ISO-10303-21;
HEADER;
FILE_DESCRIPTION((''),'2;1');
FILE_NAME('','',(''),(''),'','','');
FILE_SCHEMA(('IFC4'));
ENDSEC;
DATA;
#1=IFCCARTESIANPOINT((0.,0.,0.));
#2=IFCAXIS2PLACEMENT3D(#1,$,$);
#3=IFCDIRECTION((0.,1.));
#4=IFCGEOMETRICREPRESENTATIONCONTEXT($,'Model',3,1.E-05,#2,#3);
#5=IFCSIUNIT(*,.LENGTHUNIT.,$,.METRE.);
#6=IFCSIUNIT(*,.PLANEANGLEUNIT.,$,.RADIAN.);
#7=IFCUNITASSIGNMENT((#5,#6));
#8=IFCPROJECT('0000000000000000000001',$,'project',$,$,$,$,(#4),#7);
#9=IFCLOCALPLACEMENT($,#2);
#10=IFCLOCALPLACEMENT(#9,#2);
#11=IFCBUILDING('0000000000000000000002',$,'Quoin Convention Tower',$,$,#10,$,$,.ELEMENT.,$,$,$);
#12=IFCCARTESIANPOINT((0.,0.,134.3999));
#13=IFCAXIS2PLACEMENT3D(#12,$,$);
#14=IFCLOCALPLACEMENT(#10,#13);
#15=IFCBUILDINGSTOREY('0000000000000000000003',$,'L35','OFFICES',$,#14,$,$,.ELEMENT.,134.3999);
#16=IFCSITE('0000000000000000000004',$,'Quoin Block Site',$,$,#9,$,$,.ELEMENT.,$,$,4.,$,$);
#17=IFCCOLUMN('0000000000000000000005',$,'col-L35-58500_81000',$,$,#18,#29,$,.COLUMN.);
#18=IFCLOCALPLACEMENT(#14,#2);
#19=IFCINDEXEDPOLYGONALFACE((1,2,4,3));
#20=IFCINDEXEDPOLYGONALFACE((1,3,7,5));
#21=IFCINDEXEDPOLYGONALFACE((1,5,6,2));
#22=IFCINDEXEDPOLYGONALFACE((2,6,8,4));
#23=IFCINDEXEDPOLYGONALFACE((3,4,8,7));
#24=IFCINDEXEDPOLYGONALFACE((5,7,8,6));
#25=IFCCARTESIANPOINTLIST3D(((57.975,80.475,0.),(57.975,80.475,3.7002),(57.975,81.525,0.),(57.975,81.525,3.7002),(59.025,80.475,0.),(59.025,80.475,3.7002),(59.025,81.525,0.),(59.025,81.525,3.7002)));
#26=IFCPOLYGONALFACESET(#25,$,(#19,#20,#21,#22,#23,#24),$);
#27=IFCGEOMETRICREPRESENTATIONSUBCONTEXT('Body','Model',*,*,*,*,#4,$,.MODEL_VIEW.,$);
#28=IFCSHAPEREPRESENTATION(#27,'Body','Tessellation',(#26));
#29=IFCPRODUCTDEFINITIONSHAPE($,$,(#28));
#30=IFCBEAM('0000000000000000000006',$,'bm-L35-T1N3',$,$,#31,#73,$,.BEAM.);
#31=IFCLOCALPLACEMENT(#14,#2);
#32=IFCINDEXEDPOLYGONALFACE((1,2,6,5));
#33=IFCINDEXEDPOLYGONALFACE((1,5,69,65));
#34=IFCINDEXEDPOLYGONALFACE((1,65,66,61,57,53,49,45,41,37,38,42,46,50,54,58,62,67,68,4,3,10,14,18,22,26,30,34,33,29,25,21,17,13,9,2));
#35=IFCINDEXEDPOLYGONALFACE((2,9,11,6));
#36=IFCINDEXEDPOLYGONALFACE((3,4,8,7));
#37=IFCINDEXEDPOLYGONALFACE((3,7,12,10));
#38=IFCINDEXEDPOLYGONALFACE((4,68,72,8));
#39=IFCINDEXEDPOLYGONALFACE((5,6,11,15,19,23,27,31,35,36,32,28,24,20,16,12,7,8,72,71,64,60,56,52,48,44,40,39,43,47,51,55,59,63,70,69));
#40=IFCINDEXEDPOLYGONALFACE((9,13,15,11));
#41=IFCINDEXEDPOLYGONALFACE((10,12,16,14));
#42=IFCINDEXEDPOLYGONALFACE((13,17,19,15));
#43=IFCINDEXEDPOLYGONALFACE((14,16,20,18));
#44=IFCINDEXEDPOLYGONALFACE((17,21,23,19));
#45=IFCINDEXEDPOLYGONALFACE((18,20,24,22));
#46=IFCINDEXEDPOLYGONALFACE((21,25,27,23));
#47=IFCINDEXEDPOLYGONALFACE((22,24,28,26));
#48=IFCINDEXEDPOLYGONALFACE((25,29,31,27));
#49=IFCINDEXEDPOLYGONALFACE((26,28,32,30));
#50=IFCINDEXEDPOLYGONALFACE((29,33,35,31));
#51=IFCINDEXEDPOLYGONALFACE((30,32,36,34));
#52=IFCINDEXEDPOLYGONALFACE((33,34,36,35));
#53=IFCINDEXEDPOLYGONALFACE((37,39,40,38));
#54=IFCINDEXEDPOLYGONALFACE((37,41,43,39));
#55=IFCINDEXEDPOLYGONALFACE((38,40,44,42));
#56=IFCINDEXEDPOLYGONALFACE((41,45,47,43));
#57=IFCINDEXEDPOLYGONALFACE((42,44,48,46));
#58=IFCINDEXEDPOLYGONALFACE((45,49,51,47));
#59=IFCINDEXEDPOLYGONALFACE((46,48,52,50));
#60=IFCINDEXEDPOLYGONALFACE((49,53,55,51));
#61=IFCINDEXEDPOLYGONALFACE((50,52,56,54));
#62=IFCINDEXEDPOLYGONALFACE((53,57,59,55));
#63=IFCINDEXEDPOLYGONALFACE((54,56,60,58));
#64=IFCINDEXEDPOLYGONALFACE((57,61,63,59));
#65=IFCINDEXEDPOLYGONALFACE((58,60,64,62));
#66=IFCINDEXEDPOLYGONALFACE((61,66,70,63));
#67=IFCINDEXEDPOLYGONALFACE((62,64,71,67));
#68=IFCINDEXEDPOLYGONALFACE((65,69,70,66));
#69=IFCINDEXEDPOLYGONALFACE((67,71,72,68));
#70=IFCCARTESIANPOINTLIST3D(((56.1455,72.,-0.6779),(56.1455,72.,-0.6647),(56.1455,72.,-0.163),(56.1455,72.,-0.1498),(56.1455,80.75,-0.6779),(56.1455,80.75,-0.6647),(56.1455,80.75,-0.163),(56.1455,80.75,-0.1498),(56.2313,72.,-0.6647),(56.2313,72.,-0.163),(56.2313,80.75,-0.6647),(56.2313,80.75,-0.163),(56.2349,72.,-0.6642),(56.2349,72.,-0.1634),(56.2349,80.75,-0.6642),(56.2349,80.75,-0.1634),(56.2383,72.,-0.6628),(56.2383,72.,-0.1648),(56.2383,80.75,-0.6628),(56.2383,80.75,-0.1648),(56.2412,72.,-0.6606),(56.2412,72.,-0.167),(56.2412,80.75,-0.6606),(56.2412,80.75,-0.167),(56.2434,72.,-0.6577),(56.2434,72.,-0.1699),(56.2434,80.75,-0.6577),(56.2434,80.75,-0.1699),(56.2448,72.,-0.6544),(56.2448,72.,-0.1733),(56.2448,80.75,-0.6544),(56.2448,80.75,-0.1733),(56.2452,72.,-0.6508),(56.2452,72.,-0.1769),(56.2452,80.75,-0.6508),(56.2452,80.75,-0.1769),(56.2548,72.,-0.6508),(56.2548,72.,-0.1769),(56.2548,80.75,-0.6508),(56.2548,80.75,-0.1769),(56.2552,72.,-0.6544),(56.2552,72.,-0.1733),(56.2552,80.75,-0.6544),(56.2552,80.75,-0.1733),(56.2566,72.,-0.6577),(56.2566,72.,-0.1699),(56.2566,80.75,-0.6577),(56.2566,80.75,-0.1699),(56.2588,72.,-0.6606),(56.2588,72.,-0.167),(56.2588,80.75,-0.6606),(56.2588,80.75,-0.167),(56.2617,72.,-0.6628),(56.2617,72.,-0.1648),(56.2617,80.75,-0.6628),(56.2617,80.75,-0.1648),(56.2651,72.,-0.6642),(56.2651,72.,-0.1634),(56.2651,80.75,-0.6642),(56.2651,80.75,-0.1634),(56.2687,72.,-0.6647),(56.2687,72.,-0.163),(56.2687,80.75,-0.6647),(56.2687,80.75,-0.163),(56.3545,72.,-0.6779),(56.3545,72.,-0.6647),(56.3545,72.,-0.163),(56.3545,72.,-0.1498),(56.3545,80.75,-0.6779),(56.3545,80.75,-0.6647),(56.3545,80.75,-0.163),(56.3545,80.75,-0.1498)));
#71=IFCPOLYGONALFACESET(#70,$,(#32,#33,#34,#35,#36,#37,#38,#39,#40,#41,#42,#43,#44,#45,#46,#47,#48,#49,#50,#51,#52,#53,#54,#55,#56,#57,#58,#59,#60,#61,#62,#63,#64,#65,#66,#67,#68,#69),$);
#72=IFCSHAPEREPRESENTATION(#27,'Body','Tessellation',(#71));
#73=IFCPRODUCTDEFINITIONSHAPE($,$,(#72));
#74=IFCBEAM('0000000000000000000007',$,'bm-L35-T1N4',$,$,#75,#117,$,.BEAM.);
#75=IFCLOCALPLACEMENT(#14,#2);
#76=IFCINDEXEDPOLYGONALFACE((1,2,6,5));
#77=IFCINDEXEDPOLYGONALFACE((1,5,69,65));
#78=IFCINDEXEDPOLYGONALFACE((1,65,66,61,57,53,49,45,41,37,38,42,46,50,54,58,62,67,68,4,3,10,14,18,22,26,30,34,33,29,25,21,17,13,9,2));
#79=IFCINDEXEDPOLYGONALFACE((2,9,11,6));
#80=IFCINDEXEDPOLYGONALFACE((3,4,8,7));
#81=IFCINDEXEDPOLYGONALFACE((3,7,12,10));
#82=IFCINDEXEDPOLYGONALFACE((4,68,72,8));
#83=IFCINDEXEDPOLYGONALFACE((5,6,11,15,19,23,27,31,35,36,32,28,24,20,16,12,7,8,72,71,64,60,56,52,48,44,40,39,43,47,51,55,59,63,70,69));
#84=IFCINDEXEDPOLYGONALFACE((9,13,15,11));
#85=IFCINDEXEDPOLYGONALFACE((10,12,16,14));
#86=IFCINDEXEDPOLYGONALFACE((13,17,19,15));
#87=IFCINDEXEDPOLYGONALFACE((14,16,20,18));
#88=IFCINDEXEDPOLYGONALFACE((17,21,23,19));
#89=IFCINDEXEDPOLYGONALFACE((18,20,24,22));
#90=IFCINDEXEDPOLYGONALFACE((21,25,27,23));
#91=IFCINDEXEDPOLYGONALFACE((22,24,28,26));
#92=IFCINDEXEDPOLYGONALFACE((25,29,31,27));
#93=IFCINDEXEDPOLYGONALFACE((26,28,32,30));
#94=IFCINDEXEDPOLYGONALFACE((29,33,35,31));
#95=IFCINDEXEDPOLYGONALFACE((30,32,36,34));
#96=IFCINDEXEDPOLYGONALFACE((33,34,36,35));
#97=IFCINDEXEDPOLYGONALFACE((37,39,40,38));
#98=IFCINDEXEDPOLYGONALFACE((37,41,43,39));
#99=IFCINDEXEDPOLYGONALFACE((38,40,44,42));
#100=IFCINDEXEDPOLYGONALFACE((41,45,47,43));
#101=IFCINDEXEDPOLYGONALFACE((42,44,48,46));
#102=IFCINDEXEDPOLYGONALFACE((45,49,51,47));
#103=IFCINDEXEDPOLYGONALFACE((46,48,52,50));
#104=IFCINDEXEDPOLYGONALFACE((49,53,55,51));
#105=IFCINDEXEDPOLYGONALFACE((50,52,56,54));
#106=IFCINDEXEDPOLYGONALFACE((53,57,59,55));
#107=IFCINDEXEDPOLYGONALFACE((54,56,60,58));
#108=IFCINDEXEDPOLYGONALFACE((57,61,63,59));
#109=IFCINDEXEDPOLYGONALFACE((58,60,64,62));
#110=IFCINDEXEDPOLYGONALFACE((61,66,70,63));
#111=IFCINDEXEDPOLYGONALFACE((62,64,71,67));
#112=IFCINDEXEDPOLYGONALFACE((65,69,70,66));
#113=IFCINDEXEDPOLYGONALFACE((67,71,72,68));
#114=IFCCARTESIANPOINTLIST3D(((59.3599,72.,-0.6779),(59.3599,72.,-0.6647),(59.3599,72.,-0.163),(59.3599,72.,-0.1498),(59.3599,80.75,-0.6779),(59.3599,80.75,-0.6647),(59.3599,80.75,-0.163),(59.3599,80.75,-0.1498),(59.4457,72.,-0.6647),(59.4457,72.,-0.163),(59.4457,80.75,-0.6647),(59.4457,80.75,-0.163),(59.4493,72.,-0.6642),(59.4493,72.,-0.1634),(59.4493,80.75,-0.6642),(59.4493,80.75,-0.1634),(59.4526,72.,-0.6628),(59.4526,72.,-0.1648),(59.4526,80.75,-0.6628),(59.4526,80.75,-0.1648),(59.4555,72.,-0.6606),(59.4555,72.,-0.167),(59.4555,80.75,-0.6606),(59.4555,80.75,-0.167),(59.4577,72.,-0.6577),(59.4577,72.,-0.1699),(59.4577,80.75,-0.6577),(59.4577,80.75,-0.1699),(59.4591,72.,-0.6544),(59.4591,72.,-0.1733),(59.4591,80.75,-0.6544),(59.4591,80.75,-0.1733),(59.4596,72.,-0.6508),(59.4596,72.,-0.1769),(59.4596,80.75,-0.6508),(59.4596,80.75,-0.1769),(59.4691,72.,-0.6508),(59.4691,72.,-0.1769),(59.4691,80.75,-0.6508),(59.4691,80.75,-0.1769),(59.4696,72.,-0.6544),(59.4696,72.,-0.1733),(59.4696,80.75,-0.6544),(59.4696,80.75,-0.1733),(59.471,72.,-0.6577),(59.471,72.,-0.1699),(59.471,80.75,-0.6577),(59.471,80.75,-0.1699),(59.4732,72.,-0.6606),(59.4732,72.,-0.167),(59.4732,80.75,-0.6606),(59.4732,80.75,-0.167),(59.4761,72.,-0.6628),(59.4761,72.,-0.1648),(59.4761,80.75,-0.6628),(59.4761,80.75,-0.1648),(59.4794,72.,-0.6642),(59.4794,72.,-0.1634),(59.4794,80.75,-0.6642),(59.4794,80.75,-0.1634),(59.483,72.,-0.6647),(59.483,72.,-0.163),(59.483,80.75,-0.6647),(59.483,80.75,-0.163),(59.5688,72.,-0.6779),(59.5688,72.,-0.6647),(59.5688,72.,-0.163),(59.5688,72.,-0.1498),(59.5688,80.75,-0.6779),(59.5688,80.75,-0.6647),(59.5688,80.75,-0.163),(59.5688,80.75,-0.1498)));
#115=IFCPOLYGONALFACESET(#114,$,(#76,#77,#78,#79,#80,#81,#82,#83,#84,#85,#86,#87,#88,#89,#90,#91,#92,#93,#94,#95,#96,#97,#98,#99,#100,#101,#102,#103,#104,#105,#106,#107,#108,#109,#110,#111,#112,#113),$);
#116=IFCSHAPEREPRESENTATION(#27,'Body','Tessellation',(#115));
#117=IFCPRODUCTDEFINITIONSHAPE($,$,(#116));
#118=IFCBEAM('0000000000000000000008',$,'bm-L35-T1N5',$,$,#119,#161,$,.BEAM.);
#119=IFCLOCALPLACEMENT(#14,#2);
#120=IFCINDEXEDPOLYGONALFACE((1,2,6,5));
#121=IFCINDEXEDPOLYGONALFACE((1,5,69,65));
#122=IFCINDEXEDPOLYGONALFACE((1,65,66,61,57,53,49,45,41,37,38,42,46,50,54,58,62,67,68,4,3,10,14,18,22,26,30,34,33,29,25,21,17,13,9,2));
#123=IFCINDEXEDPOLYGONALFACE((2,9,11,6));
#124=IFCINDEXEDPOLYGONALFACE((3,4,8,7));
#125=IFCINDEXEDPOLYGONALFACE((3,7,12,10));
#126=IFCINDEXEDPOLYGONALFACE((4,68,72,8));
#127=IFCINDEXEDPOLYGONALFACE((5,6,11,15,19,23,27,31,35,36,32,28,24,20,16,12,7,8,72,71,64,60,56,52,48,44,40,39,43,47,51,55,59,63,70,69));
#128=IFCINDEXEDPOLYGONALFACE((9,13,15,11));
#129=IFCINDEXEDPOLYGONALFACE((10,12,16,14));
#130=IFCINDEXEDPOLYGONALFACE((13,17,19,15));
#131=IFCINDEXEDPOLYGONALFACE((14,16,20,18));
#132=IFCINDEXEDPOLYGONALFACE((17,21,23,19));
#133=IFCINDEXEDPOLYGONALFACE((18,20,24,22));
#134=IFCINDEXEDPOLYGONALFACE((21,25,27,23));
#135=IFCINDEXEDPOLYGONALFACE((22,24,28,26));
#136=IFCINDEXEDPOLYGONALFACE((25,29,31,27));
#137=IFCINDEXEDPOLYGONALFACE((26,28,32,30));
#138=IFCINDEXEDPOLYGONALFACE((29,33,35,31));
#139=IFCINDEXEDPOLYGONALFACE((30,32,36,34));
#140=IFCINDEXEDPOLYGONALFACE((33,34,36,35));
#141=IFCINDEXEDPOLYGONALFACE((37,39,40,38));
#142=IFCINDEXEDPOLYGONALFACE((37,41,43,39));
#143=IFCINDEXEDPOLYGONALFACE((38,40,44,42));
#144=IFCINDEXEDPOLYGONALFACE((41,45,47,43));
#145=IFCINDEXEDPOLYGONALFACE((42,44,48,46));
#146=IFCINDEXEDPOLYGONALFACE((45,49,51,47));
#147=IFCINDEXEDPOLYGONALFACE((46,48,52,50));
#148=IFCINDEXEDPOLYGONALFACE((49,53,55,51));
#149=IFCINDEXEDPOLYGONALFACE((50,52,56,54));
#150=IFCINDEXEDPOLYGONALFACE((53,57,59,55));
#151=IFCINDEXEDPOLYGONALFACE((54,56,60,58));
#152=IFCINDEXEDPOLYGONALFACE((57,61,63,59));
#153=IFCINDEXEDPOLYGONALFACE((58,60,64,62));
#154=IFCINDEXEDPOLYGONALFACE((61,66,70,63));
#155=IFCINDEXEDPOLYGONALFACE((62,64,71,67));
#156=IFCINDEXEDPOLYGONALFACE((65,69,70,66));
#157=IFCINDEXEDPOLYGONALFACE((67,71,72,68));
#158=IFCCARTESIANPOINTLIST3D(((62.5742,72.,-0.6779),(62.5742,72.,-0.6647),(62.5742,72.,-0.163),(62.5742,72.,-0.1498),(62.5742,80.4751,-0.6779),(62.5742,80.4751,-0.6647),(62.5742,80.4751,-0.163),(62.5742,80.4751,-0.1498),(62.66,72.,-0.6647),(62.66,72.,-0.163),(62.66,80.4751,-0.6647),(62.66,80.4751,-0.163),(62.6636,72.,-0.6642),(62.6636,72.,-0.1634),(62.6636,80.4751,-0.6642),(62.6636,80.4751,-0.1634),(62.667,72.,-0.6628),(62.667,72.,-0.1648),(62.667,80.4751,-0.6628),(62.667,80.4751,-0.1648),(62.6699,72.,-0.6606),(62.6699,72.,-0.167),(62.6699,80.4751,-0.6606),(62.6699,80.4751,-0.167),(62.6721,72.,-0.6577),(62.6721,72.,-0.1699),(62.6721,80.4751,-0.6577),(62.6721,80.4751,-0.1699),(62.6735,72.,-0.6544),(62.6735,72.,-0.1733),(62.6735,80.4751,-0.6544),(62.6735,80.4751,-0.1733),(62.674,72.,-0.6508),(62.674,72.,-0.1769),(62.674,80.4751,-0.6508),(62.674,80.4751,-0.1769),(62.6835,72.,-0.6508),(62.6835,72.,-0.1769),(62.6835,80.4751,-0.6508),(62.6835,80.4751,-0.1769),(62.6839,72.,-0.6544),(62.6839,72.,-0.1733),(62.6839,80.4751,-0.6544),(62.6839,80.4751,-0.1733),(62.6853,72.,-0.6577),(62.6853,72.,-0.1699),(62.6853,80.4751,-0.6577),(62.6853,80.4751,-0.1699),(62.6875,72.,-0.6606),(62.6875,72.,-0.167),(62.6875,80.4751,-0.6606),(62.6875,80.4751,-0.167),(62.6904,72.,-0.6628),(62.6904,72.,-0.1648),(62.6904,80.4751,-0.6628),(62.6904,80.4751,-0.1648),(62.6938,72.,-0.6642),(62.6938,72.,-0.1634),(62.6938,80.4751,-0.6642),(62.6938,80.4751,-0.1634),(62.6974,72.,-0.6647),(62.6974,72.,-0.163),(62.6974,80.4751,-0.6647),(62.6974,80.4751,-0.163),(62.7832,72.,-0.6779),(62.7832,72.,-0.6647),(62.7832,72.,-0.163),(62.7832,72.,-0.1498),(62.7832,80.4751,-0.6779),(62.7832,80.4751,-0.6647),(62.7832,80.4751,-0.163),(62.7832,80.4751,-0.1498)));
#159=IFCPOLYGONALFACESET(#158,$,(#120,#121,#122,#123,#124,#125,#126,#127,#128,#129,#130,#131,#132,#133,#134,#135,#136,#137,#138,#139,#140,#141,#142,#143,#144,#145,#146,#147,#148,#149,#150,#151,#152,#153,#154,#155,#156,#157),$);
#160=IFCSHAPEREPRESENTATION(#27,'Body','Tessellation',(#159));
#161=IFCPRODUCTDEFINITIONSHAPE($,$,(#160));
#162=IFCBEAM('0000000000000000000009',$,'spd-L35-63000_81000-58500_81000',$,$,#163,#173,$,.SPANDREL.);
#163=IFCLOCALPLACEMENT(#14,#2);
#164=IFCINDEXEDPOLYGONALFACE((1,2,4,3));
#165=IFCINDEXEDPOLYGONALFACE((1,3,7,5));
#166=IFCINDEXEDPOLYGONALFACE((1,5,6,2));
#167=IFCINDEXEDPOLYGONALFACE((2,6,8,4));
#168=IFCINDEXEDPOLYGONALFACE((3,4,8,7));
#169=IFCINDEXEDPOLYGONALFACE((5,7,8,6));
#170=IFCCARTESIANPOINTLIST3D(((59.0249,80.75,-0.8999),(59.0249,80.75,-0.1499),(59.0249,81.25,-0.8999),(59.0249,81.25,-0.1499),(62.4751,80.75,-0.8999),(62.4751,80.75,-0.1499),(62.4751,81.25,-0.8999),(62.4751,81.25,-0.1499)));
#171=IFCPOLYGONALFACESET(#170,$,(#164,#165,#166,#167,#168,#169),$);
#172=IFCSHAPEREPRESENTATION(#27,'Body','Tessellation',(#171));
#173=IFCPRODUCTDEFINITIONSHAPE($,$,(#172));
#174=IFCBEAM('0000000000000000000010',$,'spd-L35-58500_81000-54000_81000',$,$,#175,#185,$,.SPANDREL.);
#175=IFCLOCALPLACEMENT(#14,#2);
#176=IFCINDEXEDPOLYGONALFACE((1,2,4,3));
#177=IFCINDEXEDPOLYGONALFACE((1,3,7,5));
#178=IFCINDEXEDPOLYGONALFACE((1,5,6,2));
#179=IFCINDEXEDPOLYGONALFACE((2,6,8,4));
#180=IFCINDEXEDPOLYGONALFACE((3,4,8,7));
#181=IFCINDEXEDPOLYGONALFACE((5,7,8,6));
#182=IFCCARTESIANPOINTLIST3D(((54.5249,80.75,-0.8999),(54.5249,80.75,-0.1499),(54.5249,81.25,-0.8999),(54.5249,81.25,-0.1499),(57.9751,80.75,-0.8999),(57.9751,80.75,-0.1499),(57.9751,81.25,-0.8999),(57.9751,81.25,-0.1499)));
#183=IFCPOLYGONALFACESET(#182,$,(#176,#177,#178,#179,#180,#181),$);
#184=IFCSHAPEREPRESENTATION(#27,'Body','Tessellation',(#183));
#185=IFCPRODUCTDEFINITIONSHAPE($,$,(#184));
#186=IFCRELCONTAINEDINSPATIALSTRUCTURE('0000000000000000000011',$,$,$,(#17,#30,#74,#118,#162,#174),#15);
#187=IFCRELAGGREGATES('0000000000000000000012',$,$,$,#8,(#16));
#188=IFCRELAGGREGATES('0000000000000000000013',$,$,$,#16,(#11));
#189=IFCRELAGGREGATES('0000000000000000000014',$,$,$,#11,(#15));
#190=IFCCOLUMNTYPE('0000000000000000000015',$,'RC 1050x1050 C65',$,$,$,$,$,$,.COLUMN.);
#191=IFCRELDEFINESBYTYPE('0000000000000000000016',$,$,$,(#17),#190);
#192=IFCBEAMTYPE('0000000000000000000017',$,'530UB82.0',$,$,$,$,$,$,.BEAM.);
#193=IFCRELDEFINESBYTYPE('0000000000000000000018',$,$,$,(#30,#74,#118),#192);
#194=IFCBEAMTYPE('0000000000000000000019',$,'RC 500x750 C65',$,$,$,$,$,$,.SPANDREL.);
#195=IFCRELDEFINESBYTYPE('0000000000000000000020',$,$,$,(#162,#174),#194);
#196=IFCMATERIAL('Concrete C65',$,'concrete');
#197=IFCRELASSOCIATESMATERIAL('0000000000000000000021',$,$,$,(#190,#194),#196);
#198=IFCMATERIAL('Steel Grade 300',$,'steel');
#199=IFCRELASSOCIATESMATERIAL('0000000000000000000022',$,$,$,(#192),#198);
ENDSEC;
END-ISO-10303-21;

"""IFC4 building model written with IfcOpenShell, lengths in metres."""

from ifc_helpers import new_model, si_unit, direction, frame, origin, origin_2d, place, context, subcontext, project, spatial, rectangle, i_section, extrude, material, material_profile, profile_set, type_object, element, save


model = new_model("IFC4")

# Units and contexts
model_context = context("Model", 3, precision=1e-05, world=origin(), true_north=direction((0.0, 1.0)))
body_context = subcontext(model_context, "Body", "Model", "MODEL_VIEW")
ifc_project = project(units=[si_unit("LENGTHUNIT", "METRE"), si_unit("PLANEANGLEUNIT", "RADIAN")], contexts=[model_context])

# Site, building, storey
site_placement = place(None, origin())
site = spatial("IfcSite", under=ifc_project, at=site_placement, Name="Quoin Block Site", CompositionType="ELEMENT", RefElevation=4.0)
building_placement = place(site_placement, origin())
building = spatial("IfcBuilding", under=site, at=building_placement, Name="Quoin Convention Tower", CompositionType="ELEMENT")
storey_placement = place(building_placement, frame((0.0, 0.0, 134.3999)))
storey = spatial("IfcBuildingStorey", under=building, at=storey_placement, Name="L35", Description="OFFICES", CompositionType="ELEMENT", Elevation=134.3999)

# Column
ifc_material_1 = material(Name="Concrete C65", Category="concrete")
ifc_material_profile_1 = material_profile(ifc_material_1, rectangle(XDim=1.05, YDim=1.05, at=origin_2d()), Name="RC 1050x1050")
ifc_profile_set_1 = profile_set([ifc_material_profile_1], Name="Concrete C65")
column_type = type_object("IfcColumnType", Name="RC 1050x1050 C65", PredefinedType="COLUMN", material=ifc_profile_set_1)
column_placement = place(storey_placement, frame((58.5, 81.0, 0.0), z_axis=(0.0, 0.0, 1.0), x_axis=(1.0, 0.0, 0.0)))
element("IfcColumn", 1, at=column_placement, inside=storey, type_object=column_type, Name="col-L35-58500_81000", PredefinedType="COLUMN", context=body_context, shape_type="SweptSolid", body=[
    extrude(rectangle(XDim=1.05, YDim=1.05, at=origin_2d()), origin(), (0.0, 0.0, 1.0), 3.7002),
])

# Beams
ifc_material_2 = material(Name="Steel Grade 300", Category="steel")
ifc_material_profile_2 = material_profile(ifc_material_2, i_section(OverallWidth=0.209, OverallDepth=0.5281, WebThickness=0.0095, FlangeThickness=0.0132, FilletRadius=0.0139, at=origin_2d()), Name="530UB82.0")
ifc_profile_set_2 = profile_set([ifc_material_profile_2], Name="Steel Grade 300")
beam_type_1 = type_object("IfcBeamType", Name="530UB82.0", PredefinedType="BEAM", material=ifc_profile_set_2)
for number, where, z_axis, x_axis, name in (
    (2, (56.25, 72.0, -0.4138), (0.0, 1.0, 0.0), (-1.0, 0.0, 0.0), "bm-L35-T1N3"),
    (3, (59.4644, 72.0, -0.4138), (0.0, 1.0, 0.0), (-1.0, 0.0, 0.0), "bm-L35-T1N4"),
):
    element("IfcBeam", number, at=place(storey_placement, frame(where, z_axis=z_axis, x_axis=x_axis)), inside=storey, type_object=beam_type_1, Name=name, PredefinedType="BEAM", context=body_context, shape_type="SweptSolid", body=[
        extrude(i_section(OverallWidth=0.209, OverallDepth=0.5281, WebThickness=0.0095, FlangeThickness=0.0132, FilletRadius=0.0139, at=origin_2d()), origin(), (0.0, 0.0, 1.0), 8.75),
    ])
beam_placement = place(storey_placement, frame((62.6787, 72.0, -0.4138), z_axis=(0.0, 1.0, 0.0), x_axis=(-1.0, 0.0, 0.0)))
element("IfcBeam", 4, at=beam_placement, inside=storey, type_object=beam_type_1, Name="bm-L35-T1N5", PredefinedType="BEAM", context=body_context, shape_type="SweptSolid", body=[
    extrude(i_section(OverallWidth=0.209, OverallDepth=0.5281, WebThickness=0.0095, FlangeThickness=0.0132, FilletRadius=0.0139, at=origin_2d()), origin(), (0.0, 0.0, 1.0), 8.4751),
])
ifc_material_profile_3 = material_profile(ifc_material_1, rectangle(XDim=0.5, YDim=0.75, at=origin_2d()), Name="RC 500x750")
ifc_profile_set_3 = profile_set([ifc_material_profile_3], Name="Concrete C65")
beam_type_2 = type_object("IfcBeamType", Name="RC 500x750 C65", PredefinedType="SPANDREL", material=ifc_profile_set_3)
for number, where, z_axis, x_axis, name in (
    (5, (62.4751, 81.0, -0.5249), (-1.0, 0.0, 0.0), (0.0, -1.0, 0.0), "spd-L35-63000_81000-58500_81000"),
    (6, (57.9751, 81.0, -0.5249), (-1.0, 0.0, 0.0), (0.0, -1.0, 0.0), "spd-L35-58500_81000-54000_81000"),
):
    element("IfcBeam", number, at=place(storey_placement, frame(where, z_axis=z_axis, x_axis=x_axis)), inside=storey, type_object=beam_type_2, Name=name, PredefinedType="SPANDREL", context=body_context, shape_type="SweptSolid", body=[
        extrude(rectangle(XDim=0.5, YDim=0.75, at=origin_2d()), origin(), (0.0, 0.0, 1.0), 3.4502),
    ])

save(model, "model.ifc")
